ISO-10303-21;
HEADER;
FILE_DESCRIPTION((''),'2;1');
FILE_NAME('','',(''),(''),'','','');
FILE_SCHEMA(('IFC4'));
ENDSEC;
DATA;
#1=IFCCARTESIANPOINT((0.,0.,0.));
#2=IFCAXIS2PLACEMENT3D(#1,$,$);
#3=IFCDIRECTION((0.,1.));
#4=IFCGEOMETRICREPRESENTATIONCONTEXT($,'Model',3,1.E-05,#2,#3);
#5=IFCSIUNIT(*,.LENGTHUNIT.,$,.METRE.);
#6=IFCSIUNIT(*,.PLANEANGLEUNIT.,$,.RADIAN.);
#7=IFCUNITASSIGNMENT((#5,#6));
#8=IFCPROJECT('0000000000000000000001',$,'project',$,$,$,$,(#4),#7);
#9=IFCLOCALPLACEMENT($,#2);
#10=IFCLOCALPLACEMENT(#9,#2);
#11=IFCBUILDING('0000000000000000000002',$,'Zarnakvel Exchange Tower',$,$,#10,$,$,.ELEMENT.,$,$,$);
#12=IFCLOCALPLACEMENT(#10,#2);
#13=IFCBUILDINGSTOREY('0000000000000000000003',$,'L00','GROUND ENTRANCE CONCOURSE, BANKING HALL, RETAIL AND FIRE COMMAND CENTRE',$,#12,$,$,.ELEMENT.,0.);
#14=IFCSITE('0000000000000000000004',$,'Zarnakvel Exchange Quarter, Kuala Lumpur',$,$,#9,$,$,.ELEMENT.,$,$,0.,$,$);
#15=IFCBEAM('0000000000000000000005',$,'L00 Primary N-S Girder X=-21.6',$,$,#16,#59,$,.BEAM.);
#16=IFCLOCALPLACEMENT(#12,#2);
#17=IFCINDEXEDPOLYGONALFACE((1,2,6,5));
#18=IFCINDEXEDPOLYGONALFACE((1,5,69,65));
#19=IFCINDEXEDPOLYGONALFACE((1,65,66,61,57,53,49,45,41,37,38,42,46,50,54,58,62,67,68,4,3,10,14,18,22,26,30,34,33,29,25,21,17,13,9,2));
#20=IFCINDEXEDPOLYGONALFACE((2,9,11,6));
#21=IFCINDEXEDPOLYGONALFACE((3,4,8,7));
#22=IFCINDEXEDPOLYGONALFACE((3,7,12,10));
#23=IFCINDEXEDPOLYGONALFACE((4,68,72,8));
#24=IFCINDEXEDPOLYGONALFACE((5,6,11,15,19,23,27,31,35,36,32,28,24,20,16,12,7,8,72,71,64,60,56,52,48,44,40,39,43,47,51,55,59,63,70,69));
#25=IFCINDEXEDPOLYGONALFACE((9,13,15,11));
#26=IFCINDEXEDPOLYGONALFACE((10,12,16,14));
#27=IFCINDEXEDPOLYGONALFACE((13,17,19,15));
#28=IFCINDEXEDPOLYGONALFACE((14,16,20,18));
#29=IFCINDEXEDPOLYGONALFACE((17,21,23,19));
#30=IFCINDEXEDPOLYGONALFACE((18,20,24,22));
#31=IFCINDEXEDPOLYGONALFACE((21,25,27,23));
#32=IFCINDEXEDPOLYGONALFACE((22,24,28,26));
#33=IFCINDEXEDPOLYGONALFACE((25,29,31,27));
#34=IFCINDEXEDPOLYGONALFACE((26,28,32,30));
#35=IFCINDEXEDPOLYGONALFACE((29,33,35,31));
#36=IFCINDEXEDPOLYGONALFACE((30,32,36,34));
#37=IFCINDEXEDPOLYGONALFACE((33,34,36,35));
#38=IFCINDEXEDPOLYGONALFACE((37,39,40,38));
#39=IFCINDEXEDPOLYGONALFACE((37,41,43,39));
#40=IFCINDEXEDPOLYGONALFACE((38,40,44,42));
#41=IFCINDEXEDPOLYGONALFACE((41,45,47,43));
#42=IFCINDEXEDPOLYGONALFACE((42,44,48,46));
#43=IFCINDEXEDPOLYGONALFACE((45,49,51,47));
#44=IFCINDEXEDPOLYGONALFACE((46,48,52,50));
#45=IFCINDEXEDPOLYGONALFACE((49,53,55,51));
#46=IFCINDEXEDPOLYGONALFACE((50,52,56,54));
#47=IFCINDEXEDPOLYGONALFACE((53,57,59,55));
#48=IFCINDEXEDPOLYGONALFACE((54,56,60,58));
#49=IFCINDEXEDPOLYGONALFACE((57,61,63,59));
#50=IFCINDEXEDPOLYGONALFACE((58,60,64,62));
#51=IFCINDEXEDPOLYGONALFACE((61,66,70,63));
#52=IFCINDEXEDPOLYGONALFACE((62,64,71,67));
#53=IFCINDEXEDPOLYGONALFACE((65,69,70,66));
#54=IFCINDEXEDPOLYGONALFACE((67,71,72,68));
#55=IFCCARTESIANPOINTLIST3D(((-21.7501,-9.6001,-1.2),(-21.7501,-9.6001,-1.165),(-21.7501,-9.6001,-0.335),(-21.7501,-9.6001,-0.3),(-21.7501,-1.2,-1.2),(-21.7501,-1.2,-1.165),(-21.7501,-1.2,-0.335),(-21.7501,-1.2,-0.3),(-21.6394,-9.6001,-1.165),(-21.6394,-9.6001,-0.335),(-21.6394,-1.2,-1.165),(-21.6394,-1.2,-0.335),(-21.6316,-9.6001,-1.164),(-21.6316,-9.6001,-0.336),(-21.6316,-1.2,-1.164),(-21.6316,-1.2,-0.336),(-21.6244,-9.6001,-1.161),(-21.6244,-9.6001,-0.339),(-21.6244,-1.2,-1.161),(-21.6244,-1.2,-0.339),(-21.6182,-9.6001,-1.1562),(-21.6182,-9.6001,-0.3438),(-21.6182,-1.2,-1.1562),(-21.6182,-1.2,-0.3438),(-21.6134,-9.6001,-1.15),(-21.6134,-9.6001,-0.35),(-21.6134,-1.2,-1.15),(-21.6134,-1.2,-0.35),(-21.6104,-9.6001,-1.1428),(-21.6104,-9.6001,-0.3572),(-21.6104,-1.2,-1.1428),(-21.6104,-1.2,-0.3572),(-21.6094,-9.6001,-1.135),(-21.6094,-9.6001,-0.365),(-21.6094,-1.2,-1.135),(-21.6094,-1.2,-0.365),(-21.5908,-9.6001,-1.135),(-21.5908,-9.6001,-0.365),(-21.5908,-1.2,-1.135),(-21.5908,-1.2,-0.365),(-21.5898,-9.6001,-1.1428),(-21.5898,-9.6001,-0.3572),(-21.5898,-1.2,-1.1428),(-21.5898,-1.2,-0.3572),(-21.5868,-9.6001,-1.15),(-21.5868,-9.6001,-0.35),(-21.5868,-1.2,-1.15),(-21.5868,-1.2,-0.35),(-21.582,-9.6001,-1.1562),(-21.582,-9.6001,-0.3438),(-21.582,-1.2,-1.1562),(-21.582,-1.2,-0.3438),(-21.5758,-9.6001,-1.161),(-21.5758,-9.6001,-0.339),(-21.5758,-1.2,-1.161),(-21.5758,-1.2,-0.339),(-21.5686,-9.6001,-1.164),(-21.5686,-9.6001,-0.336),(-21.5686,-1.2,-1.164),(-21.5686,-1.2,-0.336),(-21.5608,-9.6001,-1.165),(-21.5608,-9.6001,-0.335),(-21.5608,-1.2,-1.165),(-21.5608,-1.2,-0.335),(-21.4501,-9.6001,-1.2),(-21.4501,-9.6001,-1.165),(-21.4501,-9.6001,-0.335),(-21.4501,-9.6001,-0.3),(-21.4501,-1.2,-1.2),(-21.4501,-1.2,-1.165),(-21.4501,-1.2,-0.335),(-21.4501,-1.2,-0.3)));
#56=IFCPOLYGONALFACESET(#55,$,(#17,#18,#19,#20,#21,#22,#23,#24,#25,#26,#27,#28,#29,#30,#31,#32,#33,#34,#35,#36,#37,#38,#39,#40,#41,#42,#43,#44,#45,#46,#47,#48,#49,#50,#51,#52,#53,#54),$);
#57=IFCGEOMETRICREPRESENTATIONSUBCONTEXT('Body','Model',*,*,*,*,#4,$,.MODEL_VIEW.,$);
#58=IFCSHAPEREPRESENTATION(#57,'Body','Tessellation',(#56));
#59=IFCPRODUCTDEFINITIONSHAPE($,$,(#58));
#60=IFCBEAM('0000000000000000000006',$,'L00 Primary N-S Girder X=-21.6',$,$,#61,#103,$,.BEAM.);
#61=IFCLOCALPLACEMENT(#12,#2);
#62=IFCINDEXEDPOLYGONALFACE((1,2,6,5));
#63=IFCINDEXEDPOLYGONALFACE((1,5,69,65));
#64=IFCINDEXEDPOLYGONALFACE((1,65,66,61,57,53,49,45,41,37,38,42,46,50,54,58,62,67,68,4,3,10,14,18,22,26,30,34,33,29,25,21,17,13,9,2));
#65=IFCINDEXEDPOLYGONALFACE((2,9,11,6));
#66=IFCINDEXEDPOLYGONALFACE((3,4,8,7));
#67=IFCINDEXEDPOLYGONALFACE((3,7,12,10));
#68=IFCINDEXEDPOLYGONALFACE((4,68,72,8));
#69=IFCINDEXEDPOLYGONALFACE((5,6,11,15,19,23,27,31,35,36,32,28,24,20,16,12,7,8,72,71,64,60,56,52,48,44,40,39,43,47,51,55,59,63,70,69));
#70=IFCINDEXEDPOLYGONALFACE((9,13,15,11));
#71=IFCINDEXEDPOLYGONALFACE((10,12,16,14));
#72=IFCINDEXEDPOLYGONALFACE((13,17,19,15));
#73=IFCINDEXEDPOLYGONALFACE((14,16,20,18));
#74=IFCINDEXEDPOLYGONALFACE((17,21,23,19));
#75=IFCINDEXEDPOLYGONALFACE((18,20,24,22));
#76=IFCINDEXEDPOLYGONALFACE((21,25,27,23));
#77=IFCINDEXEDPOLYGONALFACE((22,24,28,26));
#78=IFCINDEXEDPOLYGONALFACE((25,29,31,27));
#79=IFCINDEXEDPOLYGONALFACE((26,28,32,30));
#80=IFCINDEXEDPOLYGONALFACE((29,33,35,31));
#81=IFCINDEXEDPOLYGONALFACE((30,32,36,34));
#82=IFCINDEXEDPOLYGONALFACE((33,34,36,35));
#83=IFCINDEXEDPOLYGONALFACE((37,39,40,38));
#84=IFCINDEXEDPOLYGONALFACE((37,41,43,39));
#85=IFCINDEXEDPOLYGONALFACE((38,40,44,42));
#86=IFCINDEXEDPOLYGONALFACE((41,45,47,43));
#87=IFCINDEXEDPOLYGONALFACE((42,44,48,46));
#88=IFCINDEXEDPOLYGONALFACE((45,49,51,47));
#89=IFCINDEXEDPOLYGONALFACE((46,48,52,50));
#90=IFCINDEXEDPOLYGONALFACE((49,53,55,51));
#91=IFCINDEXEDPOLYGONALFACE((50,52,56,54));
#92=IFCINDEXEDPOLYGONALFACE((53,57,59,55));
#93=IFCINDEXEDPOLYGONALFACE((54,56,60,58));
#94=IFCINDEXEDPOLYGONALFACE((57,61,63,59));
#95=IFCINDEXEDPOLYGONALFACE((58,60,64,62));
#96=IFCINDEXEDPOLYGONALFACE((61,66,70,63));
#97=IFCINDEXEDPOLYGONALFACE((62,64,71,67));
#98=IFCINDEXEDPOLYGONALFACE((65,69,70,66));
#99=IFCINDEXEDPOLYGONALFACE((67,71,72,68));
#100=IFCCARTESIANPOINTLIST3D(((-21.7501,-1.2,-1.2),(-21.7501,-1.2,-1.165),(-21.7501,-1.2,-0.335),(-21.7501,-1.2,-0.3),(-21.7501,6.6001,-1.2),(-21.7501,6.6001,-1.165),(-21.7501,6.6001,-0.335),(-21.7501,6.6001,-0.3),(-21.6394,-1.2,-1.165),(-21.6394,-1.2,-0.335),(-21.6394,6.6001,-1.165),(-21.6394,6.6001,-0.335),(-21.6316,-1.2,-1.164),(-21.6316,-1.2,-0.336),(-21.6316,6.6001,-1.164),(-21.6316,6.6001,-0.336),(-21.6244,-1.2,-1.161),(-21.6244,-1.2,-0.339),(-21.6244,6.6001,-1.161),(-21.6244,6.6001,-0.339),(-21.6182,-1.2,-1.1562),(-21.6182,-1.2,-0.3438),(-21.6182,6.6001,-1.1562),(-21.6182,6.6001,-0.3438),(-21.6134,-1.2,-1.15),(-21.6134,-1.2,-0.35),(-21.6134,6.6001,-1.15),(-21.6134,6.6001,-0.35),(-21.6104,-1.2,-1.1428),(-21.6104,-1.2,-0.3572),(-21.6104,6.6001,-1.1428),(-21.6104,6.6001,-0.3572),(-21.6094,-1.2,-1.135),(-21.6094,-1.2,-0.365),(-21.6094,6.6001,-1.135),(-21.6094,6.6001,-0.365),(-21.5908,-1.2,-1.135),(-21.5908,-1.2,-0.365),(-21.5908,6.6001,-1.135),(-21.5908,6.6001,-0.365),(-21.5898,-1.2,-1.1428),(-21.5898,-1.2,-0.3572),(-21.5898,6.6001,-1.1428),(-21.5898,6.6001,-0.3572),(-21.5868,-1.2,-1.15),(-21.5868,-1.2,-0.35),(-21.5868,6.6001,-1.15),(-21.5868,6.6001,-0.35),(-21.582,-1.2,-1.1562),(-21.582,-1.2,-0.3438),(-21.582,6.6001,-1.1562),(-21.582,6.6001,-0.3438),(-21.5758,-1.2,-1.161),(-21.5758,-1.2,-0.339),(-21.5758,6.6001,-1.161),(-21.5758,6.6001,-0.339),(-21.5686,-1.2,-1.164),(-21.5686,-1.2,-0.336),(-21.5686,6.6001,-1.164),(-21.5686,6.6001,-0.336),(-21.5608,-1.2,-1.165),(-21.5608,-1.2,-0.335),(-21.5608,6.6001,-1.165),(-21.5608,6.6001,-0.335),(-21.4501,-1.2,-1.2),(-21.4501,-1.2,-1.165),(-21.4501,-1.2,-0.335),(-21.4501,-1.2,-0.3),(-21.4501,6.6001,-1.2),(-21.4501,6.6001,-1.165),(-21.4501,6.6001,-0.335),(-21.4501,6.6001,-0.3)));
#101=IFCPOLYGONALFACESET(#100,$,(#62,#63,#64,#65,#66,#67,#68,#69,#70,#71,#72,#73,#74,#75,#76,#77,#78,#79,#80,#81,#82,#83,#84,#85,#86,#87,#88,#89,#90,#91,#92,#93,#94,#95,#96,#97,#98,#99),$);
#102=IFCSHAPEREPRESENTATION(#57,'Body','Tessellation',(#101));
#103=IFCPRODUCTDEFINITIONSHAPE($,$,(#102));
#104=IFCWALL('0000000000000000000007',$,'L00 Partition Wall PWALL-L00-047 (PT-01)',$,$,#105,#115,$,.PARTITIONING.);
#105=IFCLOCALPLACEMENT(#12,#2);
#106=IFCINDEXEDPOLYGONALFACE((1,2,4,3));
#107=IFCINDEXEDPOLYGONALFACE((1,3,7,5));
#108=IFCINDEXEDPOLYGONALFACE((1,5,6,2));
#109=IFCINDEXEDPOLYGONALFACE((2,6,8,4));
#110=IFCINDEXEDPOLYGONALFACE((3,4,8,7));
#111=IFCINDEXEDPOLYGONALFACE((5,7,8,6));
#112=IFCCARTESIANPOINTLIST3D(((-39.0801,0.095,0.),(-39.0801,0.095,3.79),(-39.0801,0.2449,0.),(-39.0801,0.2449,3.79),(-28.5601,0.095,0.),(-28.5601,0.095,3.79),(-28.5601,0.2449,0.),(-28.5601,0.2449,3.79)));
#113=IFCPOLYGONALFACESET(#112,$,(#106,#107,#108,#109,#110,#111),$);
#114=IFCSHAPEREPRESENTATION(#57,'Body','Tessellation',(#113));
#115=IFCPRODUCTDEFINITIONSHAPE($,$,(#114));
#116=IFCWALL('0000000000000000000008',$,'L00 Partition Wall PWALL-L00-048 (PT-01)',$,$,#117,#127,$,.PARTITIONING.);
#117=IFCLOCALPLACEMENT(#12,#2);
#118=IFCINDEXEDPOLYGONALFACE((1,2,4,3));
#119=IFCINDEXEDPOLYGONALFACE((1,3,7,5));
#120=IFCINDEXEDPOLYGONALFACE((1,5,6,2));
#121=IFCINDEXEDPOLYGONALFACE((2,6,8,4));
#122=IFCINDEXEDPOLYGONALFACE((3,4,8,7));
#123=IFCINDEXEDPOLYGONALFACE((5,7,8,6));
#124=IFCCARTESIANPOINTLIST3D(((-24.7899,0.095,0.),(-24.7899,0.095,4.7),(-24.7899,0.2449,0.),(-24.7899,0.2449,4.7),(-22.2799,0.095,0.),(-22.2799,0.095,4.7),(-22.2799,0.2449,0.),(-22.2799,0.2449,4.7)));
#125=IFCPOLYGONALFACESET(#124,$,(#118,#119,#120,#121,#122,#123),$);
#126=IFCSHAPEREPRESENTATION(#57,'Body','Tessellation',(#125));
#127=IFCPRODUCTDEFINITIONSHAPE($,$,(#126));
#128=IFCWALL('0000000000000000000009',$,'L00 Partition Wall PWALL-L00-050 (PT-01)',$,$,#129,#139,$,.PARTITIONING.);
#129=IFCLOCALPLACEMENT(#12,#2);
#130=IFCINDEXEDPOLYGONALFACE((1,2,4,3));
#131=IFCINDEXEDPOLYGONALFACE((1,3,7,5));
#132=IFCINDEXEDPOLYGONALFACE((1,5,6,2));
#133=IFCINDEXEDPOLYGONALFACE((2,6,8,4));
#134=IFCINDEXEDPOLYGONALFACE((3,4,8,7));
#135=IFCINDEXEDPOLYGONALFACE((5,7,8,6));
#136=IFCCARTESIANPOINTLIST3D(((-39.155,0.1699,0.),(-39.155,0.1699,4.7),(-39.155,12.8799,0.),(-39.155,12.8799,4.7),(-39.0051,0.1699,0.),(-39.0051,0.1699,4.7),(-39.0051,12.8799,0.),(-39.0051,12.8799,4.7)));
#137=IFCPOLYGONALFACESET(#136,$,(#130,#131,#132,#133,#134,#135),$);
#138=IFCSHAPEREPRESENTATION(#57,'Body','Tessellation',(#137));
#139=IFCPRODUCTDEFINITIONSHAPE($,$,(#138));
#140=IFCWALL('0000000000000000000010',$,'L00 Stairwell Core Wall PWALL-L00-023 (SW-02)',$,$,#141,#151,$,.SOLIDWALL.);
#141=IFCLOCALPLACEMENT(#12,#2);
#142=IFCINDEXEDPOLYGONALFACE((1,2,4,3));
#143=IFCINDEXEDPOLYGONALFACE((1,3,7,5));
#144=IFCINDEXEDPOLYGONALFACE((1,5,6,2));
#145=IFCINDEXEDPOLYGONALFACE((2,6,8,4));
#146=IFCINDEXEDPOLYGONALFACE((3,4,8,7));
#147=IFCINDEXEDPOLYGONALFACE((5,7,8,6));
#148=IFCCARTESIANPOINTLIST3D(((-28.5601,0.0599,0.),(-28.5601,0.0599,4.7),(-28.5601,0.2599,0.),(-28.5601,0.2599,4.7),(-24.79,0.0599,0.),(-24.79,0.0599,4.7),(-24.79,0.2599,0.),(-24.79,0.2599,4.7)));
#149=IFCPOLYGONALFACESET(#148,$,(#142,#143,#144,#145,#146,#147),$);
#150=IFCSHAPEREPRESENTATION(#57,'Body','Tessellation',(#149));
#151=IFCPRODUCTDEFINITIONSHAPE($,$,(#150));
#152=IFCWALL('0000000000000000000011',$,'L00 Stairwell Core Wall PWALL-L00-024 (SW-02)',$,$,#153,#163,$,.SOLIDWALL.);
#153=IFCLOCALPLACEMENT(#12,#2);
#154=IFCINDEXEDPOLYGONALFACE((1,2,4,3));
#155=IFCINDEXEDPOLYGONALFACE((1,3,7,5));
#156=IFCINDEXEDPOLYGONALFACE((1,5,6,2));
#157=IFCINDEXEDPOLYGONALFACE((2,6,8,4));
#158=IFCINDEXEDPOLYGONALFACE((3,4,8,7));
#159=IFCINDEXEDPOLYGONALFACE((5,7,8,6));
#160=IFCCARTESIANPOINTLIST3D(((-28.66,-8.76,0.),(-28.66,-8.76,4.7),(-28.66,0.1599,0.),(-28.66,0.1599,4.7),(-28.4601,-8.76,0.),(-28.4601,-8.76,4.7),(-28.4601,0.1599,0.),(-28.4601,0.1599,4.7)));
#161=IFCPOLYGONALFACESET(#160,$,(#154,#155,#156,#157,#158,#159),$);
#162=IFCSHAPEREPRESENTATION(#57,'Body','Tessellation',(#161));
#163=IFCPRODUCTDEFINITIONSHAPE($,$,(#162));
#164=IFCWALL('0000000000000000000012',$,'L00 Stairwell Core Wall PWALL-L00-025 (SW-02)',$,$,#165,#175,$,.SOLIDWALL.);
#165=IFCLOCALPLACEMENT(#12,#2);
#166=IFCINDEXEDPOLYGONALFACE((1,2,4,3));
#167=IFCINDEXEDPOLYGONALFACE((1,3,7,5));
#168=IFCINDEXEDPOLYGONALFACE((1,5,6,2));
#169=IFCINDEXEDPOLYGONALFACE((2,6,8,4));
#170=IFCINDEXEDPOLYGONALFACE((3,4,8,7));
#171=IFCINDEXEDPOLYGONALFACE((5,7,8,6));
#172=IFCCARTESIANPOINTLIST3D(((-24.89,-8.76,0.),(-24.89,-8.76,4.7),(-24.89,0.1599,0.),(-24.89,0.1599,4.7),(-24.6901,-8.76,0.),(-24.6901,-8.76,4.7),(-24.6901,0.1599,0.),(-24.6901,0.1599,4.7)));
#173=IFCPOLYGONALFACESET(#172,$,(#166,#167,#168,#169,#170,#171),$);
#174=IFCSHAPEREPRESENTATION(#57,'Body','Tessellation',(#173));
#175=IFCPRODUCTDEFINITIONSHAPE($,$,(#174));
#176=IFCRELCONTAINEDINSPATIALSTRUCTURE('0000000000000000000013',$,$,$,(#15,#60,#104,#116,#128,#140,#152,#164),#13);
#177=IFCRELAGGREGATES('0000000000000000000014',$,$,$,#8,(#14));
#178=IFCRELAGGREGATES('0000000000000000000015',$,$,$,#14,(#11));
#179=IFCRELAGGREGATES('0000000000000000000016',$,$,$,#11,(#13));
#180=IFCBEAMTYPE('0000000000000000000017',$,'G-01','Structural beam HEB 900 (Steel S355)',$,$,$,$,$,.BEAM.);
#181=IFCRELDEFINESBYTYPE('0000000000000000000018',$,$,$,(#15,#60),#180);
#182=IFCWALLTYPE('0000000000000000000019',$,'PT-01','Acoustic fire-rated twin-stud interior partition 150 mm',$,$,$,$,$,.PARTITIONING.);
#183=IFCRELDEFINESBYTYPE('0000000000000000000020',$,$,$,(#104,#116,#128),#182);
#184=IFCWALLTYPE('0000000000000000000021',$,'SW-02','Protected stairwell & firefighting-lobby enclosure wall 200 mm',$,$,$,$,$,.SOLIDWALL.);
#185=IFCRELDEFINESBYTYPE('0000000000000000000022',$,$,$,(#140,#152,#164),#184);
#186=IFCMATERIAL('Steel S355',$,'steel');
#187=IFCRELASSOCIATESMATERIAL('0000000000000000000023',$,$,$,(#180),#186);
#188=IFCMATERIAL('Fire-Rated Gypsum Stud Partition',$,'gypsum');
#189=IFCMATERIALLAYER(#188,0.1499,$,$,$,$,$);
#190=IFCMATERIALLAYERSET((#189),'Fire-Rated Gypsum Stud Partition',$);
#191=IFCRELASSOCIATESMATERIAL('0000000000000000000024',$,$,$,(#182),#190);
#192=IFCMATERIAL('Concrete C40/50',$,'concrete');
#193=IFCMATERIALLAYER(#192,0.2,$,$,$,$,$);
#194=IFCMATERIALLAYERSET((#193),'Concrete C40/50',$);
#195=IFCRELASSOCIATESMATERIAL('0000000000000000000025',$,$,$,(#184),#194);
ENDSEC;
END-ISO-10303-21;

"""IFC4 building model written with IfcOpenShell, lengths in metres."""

from ifc_helpers import new_model, si_unit, direction, frame, frame_2d, origin, origin_2d, place, context, subcontext, project, spatial, rectangle, i_section, extrude, material, layer, layer_set, material_profile, profile_set, type_object, element, save


model = new_model("IFC4")

# Units and contexts
model_context = context("Model", 3, precision=1e-05, world=origin(), true_north=direction((0.0, 1.0)))
body_context = subcontext(model_context, "Body", "Model", "MODEL_VIEW")
ifc_project = project(units=[si_unit("LENGTHUNIT", "METRE"), si_unit("PLANEANGLEUNIT", "RADIAN")], contexts=[model_context])

# Site, building, storey
site_placement = place(None, origin())
site = spatial("IfcSite", under=ifc_project, at=site_placement, Name="Zarnakvel Exchange Quarter, Kuala Lumpur", CompositionType="ELEMENT", RefElevation=0.0)
building_placement = place(site_placement, origin())
building = spatial("IfcBuilding", under=site, at=building_placement, Name="Zarnakvel Exchange Tower", CompositionType="ELEMENT")
storey_placement = place(building_placement, origin())
storey = spatial("IfcBuildingStorey", under=building, at=storey_placement, Name="L00", Description="GROUND ENTRANCE CONCOURSE, BANKING HALL, RETAIL AND FIRE COMMAND CENTRE", CompositionType="ELEMENT", Elevation=0.0)

# Beams
ifc_material_1 = material(Name="Steel S355", Category="steel")
ifc_material_profile_1 = material_profile(ifc_material_1, i_section(OverallWidth=0.3, OverallDepth=0.8999, WebThickness=0.0186, FlangeThickness=0.0349, FilletRadius=0.03, at=origin_2d()))
ifc_profile_set_1 = profile_set([ifc_material_profile_1], Name="Steel S355")
beam_type_1 = type_object("IfcBeamType", Name="G-01", Description="Structural beam HEB 900 (Steel S355)", PredefinedType="BEAM", material=ifc_profile_set_1)
beam_1_placement = place(storey_placement, frame((-21.6001, -9.6001, -0.75), z_axis=(0.0, 1.0, 0.0), x_axis=(-1.0, 0.0, 0.0)))
element("IfcBeam", 1, at=beam_1_placement, inside=storey, type_object=beam_type_1, Name="L00 Primary N-S Girder X=-21.6", PredefinedType="BEAM", context=body_context, shape_type="SweptSolid", body=[
    extrude(i_section(OverallWidth=0.3, OverallDepth=0.8999, WebThickness=0.0186, FlangeThickness=0.0349, FilletRadius=0.03, at=origin_2d()), origin(), (0.0, 0.0, 1.0), 8.4001),
])
beam_2_placement = place(storey_placement, frame((-21.6001, -1.2, -0.75), z_axis=(0.0, 1.0, 0.0), x_axis=(-1.0, 0.0, 0.0)))
element("IfcBeam", 2, at=beam_2_placement, inside=storey, type_object=beam_type_1, Name="L00 Primary N-S Girder X=-21.6", PredefinedType="BEAM", context=body_context, shape_type="SweptSolid", body=[
    extrude(i_section(OverallWidth=0.3, OverallDepth=0.8999, WebThickness=0.0186, FlangeThickness=0.0349, FilletRadius=0.03, at=origin_2d()), origin(), (0.0, 0.0, 1.0), 7.8),
])

# Walls
ifc_material_2 = material(Name="Fire-Rated Gypsum Stud Partition", Category="gypsum")
ifc_layer_1 = layer(ifc_material_2, 0.1499)
ifc_layer_set_1 = layer_set([ifc_layer_1], Name="Fire-Rated Gypsum Stud Partition")
wall_type_1 = type_object("IfcWallType", Name="PT-01", Description="Acoustic fire-rated twin-stud interior partition 150 mm", PredefinedType="PARTITIONING", material=ifc_layer_set_1)
wall_1_placement = place(storey_placement, frame((-28.5601, 0.1699, 0.0), z_axis=(0.0, 0.0, 1.0), x_axis=(-1.0, 0.0, 0.0)))
element("IfcWall", 3, at=wall_1_placement, inside=storey, type_object=wall_type_1, Name="L00 Partition Wall PWALL-L00-047 (PT-01)", PredefinedType="PARTITIONING", context=body_context, shape_type="SweptSolid", body=[
    extrude(rectangle(XDim=10.52, YDim=0.1499, at=frame_2d((5.26, 0.0))), origin(), (0.0, 0.0, 1.0), 3.79),
])
wall_2_placement = place(storey_placement, frame((-22.28, 0.1699, 0.0), z_axis=(0.0, 0.0, 1.0), x_axis=(-1.0, 0.0, 0.0)))
element("IfcWall", 4, at=wall_2_placement, inside=storey, type_object=wall_type_1, Name="L00 Partition Wall PWALL-L00-048 (PT-01)", PredefinedType="PARTITIONING", context=body_context, shape_type="SweptSolid", body=[
    extrude(rectangle(XDim=2.51, YDim=0.1499, at=frame_2d((1.2549, 0.0))), origin(), (0.0, 0.0, 1.0), 4.7),
])
wall_3_placement = place(storey_placement, frame((-39.0801, 0.1699, 0.0), z_axis=(0.0, 0.0, 1.0), x_axis=(0.0, 1.0, 0.0)))
element("IfcWall", 5, at=wall_3_placement, inside=storey, type_object=wall_type_1, Name="L00 Partition Wall PWALL-L00-050 (PT-01)", PredefinedType="PARTITIONING", context=body_context, shape_type="SweptSolid", body=[
    extrude(rectangle(XDim=12.71, YDim=0.1499, at=frame_2d((6.355, 0.0))), origin(), (0.0, 0.0, 1.0), 4.7),
])

# Shared definitions
ifc_material_3 = material(Name="Concrete C40/50", Category="concrete")
ifc_layer_2 = layer(ifc_material_3, 0.2)
ifc_layer_set_2 = layer_set([ifc_layer_2], Name="Concrete C40/50")
wall_type_2 = type_object("IfcWallType", Name="SW-02", Description="Protected stairwell & firefighting-lobby enclosure wall 200 mm", PredefinedType="SOLIDWALL", material=ifc_layer_set_2)

# Walls
wall_4_placement = place(storey_placement, frame((-28.5601, 0.1599, 0.0), z_axis=(0.0, 0.0, 1.0), x_axis=(1.0, 0.0, 0.0)))
element("IfcWall", 6, at=wall_4_placement, inside=storey, type_object=wall_type_2, Name="L00 Stairwell Core Wall PWALL-L00-023 (SW-02)", PredefinedType="SOLIDWALL", context=body_context, shape_type="SweptSolid", body=[
    extrude(rectangle(XDim=3.77, YDim=0.2, at=frame_2d((1.885, 0.0))), origin(), (0.0, 0.0, 1.0), 4.7),
])
for number, where, z_axis, x_axis, name in (
    (7, (-28.5601, -8.76, 0.0), (0.0, 0.0, 1.0), (0.0, 1.0, 0.0), "L00 Stairwell Core Wall PWALL-L00-024 (SW-02)"),
    (8, (-24.79, 0.1599, 0.0), (0.0, 0.0, 1.0), (0.0, -1.0, 0.0), "L00 Stairwell Core Wall PWALL-L00-025 (SW-02)"),
):
    element("IfcWall", number, at=place(storey_placement, frame(where, z_axis=z_axis, x_axis=x_axis)), inside=storey, type_object=wall_type_2, Name=name, PredefinedType="SOLIDWALL", context=body_context, shape_type="SweptSolid", body=[
        extrude(rectangle(XDim=8.9199, YDim=0.2, at=frame_2d((4.46, 0.0))), origin(), (0.0, 0.0, 1.0), 4.7),
    ])

save(model, "model.ifc")
